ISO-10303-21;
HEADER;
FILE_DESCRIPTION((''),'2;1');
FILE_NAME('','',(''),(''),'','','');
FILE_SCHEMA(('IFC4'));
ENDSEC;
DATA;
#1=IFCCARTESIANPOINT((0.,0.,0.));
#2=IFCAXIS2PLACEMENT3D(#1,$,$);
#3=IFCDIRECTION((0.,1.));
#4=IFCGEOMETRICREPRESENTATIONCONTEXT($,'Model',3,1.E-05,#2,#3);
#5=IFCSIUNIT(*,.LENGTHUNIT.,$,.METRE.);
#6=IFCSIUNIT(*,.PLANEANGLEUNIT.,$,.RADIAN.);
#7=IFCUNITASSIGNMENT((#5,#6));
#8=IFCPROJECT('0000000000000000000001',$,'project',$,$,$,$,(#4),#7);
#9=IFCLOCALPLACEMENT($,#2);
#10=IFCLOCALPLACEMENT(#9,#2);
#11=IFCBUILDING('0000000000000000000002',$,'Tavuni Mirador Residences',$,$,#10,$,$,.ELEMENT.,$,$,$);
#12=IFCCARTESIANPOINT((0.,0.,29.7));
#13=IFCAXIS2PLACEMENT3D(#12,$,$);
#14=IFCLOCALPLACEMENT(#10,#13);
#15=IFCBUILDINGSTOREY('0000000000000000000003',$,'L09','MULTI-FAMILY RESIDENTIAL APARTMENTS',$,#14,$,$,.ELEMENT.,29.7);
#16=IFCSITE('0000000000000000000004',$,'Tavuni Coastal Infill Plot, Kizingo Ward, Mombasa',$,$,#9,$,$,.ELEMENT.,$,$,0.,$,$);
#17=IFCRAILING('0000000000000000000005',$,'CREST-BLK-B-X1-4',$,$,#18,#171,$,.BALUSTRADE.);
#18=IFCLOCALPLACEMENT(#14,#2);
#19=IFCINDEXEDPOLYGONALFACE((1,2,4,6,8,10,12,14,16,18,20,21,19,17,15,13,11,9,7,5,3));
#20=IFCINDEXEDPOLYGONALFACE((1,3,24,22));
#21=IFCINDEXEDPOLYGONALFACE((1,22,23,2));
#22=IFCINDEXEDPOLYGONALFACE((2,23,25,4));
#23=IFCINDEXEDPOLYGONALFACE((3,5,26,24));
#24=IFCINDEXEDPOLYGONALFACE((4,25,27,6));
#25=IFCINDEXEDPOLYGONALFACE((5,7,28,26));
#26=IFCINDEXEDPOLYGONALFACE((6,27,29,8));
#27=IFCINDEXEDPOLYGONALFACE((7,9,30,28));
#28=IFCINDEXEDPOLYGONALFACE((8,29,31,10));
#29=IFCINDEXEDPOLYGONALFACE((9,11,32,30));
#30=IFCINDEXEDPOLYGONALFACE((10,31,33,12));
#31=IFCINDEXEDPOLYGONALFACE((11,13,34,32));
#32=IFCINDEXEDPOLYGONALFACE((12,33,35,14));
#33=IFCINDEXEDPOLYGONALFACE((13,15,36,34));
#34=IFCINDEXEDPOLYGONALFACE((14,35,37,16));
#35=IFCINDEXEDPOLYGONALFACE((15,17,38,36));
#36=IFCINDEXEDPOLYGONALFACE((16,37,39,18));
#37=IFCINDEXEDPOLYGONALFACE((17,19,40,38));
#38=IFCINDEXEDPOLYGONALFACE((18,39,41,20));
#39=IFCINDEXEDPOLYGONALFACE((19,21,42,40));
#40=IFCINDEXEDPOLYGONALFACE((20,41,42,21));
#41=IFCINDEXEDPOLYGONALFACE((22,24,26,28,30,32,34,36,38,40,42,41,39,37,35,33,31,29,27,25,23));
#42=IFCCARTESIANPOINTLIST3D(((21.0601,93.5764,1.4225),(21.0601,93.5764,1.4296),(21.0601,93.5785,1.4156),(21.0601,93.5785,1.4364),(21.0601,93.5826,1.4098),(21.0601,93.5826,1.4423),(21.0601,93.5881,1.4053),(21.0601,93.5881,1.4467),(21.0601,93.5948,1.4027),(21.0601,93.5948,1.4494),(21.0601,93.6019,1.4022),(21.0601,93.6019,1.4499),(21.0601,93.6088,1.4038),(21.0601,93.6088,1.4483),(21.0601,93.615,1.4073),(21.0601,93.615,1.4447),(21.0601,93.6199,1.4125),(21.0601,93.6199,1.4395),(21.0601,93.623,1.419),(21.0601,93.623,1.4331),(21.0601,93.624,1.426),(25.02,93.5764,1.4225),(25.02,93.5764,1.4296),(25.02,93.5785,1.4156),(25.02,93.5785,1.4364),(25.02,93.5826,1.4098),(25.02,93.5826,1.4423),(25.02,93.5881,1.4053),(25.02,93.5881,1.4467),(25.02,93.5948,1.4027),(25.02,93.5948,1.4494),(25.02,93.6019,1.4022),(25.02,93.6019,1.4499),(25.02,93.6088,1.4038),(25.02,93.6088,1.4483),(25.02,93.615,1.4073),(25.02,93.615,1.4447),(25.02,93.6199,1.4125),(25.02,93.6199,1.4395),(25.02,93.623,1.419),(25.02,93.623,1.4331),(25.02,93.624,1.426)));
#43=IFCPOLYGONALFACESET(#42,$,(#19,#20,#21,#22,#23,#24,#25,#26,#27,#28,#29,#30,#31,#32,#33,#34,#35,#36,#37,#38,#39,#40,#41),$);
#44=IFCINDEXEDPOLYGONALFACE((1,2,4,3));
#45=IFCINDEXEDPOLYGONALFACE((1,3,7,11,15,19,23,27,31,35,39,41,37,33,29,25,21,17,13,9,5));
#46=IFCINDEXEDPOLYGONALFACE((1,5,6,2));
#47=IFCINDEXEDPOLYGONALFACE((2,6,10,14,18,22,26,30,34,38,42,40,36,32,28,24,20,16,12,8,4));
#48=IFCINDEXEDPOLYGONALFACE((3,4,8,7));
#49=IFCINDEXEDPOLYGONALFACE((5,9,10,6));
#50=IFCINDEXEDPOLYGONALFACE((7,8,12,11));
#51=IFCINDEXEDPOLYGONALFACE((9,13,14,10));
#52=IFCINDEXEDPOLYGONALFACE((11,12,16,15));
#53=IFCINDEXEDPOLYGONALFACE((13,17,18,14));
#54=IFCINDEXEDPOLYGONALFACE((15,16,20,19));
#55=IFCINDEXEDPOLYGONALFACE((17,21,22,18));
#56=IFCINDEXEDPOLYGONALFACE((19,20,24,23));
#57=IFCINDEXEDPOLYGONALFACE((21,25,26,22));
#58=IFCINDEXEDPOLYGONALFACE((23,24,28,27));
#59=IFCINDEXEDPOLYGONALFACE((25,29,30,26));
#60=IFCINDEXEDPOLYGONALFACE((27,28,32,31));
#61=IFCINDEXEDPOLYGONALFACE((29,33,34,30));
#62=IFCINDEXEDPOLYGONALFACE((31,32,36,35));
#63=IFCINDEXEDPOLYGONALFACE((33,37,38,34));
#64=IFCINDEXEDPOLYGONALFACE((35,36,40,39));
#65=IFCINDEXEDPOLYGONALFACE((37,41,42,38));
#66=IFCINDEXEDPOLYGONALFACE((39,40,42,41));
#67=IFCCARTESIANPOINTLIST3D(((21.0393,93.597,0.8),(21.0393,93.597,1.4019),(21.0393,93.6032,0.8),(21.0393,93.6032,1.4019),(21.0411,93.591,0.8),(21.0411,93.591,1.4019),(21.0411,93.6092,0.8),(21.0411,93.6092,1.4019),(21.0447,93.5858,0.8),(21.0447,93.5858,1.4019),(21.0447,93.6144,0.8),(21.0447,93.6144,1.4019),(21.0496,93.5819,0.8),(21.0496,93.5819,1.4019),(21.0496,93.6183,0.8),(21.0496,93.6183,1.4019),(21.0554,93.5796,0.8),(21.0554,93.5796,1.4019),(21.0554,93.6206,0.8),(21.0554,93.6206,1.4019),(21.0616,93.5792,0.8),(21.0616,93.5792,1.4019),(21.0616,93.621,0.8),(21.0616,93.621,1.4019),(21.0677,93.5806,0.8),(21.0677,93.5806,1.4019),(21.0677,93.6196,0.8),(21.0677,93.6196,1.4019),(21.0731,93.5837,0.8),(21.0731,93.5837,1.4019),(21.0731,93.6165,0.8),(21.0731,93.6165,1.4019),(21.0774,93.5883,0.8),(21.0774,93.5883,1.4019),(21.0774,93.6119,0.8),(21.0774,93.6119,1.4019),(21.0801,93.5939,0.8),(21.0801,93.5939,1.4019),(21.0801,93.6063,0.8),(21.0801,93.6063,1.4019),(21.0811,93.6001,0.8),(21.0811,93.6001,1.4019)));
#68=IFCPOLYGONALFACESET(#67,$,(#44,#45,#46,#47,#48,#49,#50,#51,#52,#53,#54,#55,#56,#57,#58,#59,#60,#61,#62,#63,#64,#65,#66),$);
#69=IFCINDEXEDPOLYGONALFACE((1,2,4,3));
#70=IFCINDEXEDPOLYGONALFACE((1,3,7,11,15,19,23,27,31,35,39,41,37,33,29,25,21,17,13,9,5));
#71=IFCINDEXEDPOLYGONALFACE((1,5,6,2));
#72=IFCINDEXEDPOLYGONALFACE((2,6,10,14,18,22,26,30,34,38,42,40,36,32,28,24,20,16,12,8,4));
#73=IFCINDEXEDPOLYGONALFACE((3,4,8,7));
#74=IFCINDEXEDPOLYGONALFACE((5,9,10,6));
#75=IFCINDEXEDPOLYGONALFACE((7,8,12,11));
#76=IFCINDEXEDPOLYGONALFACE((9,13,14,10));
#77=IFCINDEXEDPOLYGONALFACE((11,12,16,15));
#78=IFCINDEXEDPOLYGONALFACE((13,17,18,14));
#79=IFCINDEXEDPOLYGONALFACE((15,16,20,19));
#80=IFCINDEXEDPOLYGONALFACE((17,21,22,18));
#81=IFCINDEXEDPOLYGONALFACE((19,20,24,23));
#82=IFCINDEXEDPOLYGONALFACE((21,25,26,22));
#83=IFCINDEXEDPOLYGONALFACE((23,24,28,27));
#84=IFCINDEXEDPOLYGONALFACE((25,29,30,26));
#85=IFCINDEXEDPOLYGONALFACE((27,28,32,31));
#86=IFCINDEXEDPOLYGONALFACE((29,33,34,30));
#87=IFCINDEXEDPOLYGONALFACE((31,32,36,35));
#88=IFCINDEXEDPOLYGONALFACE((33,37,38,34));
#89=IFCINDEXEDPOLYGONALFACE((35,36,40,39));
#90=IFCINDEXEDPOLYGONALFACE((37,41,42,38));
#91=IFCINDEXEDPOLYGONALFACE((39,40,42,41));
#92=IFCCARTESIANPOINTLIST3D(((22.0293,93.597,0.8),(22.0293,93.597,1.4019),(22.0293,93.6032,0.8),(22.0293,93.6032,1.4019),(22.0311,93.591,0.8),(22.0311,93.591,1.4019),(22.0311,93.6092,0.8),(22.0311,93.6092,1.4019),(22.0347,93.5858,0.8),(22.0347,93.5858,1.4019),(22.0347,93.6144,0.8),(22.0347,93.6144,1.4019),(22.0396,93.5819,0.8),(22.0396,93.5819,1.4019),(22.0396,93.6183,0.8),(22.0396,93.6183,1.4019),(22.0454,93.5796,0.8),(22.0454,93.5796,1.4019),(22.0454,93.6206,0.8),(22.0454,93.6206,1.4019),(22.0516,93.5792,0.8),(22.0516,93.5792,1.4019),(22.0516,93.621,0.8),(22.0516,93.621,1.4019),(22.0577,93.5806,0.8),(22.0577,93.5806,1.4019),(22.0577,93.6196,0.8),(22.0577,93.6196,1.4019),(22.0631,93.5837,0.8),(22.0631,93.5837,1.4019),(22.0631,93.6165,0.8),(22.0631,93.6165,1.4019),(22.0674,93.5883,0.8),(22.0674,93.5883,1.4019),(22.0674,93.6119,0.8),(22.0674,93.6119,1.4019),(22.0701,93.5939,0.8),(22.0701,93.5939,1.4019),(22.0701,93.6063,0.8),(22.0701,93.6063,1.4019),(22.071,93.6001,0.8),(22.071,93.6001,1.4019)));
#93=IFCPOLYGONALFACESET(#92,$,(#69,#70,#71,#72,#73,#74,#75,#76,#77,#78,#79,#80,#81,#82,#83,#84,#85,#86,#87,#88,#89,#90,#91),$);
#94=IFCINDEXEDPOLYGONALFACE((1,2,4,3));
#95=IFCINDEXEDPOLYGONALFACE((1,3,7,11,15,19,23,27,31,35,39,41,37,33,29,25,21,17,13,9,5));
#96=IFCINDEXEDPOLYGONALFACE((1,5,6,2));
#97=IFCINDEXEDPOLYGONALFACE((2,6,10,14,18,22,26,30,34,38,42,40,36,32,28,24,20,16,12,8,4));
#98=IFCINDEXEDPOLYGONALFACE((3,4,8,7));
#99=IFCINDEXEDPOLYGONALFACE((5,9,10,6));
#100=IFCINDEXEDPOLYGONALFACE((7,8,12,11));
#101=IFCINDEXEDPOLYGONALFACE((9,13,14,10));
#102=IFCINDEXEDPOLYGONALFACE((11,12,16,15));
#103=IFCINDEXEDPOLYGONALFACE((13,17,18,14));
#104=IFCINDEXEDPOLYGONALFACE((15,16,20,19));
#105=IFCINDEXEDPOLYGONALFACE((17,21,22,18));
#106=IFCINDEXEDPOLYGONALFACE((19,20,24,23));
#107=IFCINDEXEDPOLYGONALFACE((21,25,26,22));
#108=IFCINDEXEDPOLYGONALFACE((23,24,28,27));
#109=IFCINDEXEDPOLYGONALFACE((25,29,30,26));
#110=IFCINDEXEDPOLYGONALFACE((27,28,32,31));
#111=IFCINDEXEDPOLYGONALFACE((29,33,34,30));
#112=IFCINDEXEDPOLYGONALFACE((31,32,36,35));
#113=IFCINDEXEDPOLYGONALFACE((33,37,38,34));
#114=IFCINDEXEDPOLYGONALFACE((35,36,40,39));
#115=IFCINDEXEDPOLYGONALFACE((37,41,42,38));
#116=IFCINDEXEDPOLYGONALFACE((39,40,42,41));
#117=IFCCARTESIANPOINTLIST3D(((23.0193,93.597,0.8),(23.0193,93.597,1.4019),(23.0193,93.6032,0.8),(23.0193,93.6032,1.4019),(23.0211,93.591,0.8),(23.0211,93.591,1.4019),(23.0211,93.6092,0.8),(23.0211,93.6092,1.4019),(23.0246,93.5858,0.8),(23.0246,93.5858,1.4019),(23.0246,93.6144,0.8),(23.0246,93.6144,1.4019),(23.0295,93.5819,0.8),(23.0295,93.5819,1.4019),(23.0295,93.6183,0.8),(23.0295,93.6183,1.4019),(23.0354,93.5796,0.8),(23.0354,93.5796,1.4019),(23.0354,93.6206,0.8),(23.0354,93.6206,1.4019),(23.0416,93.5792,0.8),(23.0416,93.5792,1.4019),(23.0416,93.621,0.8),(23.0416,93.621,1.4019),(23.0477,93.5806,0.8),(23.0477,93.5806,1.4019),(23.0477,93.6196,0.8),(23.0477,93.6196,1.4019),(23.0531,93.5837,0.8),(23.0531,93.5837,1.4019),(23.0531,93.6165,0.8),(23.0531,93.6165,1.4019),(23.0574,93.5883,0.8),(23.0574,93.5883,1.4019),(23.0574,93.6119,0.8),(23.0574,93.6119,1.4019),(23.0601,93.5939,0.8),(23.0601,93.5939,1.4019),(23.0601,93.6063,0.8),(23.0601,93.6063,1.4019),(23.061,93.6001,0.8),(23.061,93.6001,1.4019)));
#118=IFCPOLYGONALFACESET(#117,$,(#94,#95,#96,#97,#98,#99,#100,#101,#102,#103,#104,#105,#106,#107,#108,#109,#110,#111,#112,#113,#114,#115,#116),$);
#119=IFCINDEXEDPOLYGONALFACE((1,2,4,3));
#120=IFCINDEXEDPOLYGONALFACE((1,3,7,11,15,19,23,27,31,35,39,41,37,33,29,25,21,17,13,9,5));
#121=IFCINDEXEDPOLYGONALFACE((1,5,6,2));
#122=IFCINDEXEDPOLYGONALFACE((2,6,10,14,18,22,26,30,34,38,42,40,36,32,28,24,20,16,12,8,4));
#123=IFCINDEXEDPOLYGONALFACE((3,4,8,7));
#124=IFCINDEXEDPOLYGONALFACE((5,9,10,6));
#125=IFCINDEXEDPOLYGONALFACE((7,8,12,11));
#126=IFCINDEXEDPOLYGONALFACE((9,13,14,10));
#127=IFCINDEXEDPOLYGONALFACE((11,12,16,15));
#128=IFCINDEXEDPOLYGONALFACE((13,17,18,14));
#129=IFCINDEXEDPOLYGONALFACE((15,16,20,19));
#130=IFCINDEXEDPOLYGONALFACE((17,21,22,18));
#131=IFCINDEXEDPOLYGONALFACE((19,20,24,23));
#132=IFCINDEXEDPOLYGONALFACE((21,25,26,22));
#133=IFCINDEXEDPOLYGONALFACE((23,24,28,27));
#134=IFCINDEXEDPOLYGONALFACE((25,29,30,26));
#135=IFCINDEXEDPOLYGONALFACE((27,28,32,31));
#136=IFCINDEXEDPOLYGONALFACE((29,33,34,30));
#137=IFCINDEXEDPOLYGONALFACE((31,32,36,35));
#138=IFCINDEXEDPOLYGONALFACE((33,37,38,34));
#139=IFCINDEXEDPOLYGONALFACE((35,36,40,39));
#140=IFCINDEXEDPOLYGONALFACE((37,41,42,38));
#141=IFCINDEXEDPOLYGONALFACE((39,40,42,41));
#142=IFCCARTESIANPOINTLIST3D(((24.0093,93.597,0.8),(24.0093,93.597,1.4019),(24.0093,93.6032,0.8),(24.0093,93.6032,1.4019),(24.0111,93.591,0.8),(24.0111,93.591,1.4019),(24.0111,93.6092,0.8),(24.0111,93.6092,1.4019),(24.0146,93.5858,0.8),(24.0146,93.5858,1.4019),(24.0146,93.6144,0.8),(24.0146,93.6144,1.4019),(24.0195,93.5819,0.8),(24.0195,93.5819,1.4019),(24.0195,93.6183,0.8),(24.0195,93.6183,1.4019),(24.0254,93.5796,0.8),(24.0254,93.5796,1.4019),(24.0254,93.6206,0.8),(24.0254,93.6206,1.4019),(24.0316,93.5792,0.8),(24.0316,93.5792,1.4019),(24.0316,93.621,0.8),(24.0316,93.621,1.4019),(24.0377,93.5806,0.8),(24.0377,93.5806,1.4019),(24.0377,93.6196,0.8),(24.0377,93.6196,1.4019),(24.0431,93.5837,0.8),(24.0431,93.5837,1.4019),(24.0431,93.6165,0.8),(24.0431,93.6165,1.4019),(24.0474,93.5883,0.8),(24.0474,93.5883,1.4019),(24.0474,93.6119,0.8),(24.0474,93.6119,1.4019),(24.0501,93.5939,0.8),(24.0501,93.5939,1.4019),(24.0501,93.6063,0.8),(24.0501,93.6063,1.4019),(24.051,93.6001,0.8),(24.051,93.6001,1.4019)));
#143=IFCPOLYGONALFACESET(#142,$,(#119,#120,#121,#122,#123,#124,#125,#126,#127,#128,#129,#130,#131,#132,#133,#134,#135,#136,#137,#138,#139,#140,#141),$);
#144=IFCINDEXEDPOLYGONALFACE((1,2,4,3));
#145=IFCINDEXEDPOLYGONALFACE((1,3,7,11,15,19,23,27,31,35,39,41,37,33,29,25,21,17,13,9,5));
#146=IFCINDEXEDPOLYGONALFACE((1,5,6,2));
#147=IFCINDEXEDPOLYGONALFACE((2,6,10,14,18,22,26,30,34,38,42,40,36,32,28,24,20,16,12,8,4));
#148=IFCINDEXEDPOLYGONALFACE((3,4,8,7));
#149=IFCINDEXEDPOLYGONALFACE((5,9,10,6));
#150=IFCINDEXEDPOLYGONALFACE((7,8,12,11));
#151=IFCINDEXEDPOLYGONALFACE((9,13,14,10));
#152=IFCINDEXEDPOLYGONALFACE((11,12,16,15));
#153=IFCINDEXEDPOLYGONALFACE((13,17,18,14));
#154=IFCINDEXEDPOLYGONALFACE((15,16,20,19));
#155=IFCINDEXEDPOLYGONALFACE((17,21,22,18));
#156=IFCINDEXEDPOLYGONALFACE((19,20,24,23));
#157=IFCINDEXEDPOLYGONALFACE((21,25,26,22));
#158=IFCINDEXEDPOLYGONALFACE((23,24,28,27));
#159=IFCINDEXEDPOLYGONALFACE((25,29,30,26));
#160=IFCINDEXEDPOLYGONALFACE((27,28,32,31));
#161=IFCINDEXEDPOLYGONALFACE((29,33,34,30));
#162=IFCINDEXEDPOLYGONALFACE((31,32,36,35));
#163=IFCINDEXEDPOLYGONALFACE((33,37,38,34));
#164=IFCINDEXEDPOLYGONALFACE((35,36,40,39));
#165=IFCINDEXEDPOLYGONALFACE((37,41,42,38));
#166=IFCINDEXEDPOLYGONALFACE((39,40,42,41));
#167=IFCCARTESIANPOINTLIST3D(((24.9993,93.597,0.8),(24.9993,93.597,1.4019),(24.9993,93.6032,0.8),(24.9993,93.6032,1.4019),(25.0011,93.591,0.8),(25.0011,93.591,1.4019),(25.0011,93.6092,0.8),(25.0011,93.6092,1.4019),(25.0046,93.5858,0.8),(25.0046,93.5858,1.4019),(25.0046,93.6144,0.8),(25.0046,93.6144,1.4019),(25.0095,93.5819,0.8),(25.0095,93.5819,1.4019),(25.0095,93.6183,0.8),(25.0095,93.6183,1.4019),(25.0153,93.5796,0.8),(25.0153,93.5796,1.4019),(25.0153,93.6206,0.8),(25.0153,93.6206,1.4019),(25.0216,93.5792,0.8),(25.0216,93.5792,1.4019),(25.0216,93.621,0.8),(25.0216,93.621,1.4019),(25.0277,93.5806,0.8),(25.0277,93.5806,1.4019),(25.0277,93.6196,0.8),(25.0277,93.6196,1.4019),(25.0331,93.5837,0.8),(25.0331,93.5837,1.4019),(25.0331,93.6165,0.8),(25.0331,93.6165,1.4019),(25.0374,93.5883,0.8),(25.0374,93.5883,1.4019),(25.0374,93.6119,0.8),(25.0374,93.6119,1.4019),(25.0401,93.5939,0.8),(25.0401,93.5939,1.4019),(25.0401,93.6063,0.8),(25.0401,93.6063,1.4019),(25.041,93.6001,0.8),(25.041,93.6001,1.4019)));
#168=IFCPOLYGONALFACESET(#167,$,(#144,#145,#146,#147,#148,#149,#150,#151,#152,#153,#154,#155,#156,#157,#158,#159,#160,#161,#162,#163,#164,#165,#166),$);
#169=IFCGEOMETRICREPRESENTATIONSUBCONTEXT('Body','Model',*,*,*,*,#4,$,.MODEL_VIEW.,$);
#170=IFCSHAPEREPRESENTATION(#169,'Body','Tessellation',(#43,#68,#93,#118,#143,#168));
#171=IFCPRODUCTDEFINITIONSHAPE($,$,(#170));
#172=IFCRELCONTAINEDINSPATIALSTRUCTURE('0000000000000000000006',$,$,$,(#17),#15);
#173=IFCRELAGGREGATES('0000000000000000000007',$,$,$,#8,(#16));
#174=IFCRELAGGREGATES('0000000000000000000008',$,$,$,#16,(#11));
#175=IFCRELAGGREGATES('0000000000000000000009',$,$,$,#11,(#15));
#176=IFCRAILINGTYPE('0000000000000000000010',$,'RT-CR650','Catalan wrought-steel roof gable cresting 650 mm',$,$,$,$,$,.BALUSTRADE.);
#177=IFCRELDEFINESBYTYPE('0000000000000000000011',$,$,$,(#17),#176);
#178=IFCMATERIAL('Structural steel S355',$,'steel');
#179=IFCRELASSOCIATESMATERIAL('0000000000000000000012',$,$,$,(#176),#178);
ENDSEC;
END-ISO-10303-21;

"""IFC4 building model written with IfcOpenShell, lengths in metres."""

from ifc_helpers import new_model, si_unit, direction, frame, origin, origin_2d, place, context, subcontext, project, spatial, circle, extrude, material, type_object, element, save


model = new_model("IFC4")

# Units and contexts
model_context = context("Model", 3, precision=1e-05, world=origin(), true_north=direction((0.0, 1.0)))
body_context = subcontext(model_context, "Body", "Model", "MODEL_VIEW")
ifc_project = project(units=[si_unit("LENGTHUNIT", "METRE"), si_unit("PLANEANGLEUNIT", "RADIAN")], contexts=[model_context])

# Site, building, storey
site_placement = place(None, origin())
site = spatial("IfcSite", under=ifc_project, at=site_placement, Name="Tavuni Coastal Infill Plot, Kizingo Ward, Mombasa", CompositionType="ELEMENT", RefElevation=0.0)
building_placement = place(site_placement, origin())
building = spatial("IfcBuilding", under=site, at=building_placement, Name="Tavuni Mirador Residences", CompositionType="ELEMENT")
storey_placement = place(building_placement, frame((0.0, 0.0, 29.7)))
storey = spatial("IfcBuildingStorey", under=building, at=storey_placement, Name="L09", Description="MULTI-FAMILY RESIDENTIAL APARTMENTS", CompositionType="ELEMENT", Elevation=29.7)

# Railing
ifc_material_1 = material(Name="Structural steel S355", Category="steel")
railing_type = type_object("IfcRailingType", Name="RT-CR650", Description="Catalan wrought-steel roof gable cresting 650 mm", PredefinedType="BALUSTRADE", material=ifc_material_1)
for number, where, name in (
    (1, (21.0601, 93.6001, 0.8), "CREST-BLK-B-X1-4"),
):
    element("IfcRailing", number, at=place(storey_placement, frame(where)), inside=storey, type_object=railing_type, Name=name, PredefinedType="BALUSTRADE", context=body_context, shape_type="SweptSolid", body=[
        extrude(circle(Radius=0.0239, at=origin_2d()), frame((0.0, 0.0, 0.626), z_axis=(1.0, 0.0, 0.0), x_axis=(0.0, 1.0, 0.0)), (0.0, 0.0, 1.0), 3.96),
        extrude(circle(Radius=0.021, at=origin_2d()), origin(), (0.0, 0.0, 1.0), 0.6018),
        extrude(circle(Radius=0.021, at=origin_2d()), frame((0.99, 0.0, 0.0)), (0.0, 0.0, 1.0), 0.6018),
        extrude(circle(Radius=0.021, at=origin_2d()), frame((1.98, 0.0, 0.0)), (0.0, 0.0, 1.0), 0.6018),
        extrude(circle(Radius=0.021, at=origin_2d()), frame((2.97, 0.0, 0.0)), (0.0, 0.0, 1.0), 0.6018),
        extrude(circle(Radius=0.021, at=origin_2d()), frame((3.96, 0.0, 0.0)), (0.0, 0.0, 1.0), 0.6018),
    ])

save(model, "model.ifc")
